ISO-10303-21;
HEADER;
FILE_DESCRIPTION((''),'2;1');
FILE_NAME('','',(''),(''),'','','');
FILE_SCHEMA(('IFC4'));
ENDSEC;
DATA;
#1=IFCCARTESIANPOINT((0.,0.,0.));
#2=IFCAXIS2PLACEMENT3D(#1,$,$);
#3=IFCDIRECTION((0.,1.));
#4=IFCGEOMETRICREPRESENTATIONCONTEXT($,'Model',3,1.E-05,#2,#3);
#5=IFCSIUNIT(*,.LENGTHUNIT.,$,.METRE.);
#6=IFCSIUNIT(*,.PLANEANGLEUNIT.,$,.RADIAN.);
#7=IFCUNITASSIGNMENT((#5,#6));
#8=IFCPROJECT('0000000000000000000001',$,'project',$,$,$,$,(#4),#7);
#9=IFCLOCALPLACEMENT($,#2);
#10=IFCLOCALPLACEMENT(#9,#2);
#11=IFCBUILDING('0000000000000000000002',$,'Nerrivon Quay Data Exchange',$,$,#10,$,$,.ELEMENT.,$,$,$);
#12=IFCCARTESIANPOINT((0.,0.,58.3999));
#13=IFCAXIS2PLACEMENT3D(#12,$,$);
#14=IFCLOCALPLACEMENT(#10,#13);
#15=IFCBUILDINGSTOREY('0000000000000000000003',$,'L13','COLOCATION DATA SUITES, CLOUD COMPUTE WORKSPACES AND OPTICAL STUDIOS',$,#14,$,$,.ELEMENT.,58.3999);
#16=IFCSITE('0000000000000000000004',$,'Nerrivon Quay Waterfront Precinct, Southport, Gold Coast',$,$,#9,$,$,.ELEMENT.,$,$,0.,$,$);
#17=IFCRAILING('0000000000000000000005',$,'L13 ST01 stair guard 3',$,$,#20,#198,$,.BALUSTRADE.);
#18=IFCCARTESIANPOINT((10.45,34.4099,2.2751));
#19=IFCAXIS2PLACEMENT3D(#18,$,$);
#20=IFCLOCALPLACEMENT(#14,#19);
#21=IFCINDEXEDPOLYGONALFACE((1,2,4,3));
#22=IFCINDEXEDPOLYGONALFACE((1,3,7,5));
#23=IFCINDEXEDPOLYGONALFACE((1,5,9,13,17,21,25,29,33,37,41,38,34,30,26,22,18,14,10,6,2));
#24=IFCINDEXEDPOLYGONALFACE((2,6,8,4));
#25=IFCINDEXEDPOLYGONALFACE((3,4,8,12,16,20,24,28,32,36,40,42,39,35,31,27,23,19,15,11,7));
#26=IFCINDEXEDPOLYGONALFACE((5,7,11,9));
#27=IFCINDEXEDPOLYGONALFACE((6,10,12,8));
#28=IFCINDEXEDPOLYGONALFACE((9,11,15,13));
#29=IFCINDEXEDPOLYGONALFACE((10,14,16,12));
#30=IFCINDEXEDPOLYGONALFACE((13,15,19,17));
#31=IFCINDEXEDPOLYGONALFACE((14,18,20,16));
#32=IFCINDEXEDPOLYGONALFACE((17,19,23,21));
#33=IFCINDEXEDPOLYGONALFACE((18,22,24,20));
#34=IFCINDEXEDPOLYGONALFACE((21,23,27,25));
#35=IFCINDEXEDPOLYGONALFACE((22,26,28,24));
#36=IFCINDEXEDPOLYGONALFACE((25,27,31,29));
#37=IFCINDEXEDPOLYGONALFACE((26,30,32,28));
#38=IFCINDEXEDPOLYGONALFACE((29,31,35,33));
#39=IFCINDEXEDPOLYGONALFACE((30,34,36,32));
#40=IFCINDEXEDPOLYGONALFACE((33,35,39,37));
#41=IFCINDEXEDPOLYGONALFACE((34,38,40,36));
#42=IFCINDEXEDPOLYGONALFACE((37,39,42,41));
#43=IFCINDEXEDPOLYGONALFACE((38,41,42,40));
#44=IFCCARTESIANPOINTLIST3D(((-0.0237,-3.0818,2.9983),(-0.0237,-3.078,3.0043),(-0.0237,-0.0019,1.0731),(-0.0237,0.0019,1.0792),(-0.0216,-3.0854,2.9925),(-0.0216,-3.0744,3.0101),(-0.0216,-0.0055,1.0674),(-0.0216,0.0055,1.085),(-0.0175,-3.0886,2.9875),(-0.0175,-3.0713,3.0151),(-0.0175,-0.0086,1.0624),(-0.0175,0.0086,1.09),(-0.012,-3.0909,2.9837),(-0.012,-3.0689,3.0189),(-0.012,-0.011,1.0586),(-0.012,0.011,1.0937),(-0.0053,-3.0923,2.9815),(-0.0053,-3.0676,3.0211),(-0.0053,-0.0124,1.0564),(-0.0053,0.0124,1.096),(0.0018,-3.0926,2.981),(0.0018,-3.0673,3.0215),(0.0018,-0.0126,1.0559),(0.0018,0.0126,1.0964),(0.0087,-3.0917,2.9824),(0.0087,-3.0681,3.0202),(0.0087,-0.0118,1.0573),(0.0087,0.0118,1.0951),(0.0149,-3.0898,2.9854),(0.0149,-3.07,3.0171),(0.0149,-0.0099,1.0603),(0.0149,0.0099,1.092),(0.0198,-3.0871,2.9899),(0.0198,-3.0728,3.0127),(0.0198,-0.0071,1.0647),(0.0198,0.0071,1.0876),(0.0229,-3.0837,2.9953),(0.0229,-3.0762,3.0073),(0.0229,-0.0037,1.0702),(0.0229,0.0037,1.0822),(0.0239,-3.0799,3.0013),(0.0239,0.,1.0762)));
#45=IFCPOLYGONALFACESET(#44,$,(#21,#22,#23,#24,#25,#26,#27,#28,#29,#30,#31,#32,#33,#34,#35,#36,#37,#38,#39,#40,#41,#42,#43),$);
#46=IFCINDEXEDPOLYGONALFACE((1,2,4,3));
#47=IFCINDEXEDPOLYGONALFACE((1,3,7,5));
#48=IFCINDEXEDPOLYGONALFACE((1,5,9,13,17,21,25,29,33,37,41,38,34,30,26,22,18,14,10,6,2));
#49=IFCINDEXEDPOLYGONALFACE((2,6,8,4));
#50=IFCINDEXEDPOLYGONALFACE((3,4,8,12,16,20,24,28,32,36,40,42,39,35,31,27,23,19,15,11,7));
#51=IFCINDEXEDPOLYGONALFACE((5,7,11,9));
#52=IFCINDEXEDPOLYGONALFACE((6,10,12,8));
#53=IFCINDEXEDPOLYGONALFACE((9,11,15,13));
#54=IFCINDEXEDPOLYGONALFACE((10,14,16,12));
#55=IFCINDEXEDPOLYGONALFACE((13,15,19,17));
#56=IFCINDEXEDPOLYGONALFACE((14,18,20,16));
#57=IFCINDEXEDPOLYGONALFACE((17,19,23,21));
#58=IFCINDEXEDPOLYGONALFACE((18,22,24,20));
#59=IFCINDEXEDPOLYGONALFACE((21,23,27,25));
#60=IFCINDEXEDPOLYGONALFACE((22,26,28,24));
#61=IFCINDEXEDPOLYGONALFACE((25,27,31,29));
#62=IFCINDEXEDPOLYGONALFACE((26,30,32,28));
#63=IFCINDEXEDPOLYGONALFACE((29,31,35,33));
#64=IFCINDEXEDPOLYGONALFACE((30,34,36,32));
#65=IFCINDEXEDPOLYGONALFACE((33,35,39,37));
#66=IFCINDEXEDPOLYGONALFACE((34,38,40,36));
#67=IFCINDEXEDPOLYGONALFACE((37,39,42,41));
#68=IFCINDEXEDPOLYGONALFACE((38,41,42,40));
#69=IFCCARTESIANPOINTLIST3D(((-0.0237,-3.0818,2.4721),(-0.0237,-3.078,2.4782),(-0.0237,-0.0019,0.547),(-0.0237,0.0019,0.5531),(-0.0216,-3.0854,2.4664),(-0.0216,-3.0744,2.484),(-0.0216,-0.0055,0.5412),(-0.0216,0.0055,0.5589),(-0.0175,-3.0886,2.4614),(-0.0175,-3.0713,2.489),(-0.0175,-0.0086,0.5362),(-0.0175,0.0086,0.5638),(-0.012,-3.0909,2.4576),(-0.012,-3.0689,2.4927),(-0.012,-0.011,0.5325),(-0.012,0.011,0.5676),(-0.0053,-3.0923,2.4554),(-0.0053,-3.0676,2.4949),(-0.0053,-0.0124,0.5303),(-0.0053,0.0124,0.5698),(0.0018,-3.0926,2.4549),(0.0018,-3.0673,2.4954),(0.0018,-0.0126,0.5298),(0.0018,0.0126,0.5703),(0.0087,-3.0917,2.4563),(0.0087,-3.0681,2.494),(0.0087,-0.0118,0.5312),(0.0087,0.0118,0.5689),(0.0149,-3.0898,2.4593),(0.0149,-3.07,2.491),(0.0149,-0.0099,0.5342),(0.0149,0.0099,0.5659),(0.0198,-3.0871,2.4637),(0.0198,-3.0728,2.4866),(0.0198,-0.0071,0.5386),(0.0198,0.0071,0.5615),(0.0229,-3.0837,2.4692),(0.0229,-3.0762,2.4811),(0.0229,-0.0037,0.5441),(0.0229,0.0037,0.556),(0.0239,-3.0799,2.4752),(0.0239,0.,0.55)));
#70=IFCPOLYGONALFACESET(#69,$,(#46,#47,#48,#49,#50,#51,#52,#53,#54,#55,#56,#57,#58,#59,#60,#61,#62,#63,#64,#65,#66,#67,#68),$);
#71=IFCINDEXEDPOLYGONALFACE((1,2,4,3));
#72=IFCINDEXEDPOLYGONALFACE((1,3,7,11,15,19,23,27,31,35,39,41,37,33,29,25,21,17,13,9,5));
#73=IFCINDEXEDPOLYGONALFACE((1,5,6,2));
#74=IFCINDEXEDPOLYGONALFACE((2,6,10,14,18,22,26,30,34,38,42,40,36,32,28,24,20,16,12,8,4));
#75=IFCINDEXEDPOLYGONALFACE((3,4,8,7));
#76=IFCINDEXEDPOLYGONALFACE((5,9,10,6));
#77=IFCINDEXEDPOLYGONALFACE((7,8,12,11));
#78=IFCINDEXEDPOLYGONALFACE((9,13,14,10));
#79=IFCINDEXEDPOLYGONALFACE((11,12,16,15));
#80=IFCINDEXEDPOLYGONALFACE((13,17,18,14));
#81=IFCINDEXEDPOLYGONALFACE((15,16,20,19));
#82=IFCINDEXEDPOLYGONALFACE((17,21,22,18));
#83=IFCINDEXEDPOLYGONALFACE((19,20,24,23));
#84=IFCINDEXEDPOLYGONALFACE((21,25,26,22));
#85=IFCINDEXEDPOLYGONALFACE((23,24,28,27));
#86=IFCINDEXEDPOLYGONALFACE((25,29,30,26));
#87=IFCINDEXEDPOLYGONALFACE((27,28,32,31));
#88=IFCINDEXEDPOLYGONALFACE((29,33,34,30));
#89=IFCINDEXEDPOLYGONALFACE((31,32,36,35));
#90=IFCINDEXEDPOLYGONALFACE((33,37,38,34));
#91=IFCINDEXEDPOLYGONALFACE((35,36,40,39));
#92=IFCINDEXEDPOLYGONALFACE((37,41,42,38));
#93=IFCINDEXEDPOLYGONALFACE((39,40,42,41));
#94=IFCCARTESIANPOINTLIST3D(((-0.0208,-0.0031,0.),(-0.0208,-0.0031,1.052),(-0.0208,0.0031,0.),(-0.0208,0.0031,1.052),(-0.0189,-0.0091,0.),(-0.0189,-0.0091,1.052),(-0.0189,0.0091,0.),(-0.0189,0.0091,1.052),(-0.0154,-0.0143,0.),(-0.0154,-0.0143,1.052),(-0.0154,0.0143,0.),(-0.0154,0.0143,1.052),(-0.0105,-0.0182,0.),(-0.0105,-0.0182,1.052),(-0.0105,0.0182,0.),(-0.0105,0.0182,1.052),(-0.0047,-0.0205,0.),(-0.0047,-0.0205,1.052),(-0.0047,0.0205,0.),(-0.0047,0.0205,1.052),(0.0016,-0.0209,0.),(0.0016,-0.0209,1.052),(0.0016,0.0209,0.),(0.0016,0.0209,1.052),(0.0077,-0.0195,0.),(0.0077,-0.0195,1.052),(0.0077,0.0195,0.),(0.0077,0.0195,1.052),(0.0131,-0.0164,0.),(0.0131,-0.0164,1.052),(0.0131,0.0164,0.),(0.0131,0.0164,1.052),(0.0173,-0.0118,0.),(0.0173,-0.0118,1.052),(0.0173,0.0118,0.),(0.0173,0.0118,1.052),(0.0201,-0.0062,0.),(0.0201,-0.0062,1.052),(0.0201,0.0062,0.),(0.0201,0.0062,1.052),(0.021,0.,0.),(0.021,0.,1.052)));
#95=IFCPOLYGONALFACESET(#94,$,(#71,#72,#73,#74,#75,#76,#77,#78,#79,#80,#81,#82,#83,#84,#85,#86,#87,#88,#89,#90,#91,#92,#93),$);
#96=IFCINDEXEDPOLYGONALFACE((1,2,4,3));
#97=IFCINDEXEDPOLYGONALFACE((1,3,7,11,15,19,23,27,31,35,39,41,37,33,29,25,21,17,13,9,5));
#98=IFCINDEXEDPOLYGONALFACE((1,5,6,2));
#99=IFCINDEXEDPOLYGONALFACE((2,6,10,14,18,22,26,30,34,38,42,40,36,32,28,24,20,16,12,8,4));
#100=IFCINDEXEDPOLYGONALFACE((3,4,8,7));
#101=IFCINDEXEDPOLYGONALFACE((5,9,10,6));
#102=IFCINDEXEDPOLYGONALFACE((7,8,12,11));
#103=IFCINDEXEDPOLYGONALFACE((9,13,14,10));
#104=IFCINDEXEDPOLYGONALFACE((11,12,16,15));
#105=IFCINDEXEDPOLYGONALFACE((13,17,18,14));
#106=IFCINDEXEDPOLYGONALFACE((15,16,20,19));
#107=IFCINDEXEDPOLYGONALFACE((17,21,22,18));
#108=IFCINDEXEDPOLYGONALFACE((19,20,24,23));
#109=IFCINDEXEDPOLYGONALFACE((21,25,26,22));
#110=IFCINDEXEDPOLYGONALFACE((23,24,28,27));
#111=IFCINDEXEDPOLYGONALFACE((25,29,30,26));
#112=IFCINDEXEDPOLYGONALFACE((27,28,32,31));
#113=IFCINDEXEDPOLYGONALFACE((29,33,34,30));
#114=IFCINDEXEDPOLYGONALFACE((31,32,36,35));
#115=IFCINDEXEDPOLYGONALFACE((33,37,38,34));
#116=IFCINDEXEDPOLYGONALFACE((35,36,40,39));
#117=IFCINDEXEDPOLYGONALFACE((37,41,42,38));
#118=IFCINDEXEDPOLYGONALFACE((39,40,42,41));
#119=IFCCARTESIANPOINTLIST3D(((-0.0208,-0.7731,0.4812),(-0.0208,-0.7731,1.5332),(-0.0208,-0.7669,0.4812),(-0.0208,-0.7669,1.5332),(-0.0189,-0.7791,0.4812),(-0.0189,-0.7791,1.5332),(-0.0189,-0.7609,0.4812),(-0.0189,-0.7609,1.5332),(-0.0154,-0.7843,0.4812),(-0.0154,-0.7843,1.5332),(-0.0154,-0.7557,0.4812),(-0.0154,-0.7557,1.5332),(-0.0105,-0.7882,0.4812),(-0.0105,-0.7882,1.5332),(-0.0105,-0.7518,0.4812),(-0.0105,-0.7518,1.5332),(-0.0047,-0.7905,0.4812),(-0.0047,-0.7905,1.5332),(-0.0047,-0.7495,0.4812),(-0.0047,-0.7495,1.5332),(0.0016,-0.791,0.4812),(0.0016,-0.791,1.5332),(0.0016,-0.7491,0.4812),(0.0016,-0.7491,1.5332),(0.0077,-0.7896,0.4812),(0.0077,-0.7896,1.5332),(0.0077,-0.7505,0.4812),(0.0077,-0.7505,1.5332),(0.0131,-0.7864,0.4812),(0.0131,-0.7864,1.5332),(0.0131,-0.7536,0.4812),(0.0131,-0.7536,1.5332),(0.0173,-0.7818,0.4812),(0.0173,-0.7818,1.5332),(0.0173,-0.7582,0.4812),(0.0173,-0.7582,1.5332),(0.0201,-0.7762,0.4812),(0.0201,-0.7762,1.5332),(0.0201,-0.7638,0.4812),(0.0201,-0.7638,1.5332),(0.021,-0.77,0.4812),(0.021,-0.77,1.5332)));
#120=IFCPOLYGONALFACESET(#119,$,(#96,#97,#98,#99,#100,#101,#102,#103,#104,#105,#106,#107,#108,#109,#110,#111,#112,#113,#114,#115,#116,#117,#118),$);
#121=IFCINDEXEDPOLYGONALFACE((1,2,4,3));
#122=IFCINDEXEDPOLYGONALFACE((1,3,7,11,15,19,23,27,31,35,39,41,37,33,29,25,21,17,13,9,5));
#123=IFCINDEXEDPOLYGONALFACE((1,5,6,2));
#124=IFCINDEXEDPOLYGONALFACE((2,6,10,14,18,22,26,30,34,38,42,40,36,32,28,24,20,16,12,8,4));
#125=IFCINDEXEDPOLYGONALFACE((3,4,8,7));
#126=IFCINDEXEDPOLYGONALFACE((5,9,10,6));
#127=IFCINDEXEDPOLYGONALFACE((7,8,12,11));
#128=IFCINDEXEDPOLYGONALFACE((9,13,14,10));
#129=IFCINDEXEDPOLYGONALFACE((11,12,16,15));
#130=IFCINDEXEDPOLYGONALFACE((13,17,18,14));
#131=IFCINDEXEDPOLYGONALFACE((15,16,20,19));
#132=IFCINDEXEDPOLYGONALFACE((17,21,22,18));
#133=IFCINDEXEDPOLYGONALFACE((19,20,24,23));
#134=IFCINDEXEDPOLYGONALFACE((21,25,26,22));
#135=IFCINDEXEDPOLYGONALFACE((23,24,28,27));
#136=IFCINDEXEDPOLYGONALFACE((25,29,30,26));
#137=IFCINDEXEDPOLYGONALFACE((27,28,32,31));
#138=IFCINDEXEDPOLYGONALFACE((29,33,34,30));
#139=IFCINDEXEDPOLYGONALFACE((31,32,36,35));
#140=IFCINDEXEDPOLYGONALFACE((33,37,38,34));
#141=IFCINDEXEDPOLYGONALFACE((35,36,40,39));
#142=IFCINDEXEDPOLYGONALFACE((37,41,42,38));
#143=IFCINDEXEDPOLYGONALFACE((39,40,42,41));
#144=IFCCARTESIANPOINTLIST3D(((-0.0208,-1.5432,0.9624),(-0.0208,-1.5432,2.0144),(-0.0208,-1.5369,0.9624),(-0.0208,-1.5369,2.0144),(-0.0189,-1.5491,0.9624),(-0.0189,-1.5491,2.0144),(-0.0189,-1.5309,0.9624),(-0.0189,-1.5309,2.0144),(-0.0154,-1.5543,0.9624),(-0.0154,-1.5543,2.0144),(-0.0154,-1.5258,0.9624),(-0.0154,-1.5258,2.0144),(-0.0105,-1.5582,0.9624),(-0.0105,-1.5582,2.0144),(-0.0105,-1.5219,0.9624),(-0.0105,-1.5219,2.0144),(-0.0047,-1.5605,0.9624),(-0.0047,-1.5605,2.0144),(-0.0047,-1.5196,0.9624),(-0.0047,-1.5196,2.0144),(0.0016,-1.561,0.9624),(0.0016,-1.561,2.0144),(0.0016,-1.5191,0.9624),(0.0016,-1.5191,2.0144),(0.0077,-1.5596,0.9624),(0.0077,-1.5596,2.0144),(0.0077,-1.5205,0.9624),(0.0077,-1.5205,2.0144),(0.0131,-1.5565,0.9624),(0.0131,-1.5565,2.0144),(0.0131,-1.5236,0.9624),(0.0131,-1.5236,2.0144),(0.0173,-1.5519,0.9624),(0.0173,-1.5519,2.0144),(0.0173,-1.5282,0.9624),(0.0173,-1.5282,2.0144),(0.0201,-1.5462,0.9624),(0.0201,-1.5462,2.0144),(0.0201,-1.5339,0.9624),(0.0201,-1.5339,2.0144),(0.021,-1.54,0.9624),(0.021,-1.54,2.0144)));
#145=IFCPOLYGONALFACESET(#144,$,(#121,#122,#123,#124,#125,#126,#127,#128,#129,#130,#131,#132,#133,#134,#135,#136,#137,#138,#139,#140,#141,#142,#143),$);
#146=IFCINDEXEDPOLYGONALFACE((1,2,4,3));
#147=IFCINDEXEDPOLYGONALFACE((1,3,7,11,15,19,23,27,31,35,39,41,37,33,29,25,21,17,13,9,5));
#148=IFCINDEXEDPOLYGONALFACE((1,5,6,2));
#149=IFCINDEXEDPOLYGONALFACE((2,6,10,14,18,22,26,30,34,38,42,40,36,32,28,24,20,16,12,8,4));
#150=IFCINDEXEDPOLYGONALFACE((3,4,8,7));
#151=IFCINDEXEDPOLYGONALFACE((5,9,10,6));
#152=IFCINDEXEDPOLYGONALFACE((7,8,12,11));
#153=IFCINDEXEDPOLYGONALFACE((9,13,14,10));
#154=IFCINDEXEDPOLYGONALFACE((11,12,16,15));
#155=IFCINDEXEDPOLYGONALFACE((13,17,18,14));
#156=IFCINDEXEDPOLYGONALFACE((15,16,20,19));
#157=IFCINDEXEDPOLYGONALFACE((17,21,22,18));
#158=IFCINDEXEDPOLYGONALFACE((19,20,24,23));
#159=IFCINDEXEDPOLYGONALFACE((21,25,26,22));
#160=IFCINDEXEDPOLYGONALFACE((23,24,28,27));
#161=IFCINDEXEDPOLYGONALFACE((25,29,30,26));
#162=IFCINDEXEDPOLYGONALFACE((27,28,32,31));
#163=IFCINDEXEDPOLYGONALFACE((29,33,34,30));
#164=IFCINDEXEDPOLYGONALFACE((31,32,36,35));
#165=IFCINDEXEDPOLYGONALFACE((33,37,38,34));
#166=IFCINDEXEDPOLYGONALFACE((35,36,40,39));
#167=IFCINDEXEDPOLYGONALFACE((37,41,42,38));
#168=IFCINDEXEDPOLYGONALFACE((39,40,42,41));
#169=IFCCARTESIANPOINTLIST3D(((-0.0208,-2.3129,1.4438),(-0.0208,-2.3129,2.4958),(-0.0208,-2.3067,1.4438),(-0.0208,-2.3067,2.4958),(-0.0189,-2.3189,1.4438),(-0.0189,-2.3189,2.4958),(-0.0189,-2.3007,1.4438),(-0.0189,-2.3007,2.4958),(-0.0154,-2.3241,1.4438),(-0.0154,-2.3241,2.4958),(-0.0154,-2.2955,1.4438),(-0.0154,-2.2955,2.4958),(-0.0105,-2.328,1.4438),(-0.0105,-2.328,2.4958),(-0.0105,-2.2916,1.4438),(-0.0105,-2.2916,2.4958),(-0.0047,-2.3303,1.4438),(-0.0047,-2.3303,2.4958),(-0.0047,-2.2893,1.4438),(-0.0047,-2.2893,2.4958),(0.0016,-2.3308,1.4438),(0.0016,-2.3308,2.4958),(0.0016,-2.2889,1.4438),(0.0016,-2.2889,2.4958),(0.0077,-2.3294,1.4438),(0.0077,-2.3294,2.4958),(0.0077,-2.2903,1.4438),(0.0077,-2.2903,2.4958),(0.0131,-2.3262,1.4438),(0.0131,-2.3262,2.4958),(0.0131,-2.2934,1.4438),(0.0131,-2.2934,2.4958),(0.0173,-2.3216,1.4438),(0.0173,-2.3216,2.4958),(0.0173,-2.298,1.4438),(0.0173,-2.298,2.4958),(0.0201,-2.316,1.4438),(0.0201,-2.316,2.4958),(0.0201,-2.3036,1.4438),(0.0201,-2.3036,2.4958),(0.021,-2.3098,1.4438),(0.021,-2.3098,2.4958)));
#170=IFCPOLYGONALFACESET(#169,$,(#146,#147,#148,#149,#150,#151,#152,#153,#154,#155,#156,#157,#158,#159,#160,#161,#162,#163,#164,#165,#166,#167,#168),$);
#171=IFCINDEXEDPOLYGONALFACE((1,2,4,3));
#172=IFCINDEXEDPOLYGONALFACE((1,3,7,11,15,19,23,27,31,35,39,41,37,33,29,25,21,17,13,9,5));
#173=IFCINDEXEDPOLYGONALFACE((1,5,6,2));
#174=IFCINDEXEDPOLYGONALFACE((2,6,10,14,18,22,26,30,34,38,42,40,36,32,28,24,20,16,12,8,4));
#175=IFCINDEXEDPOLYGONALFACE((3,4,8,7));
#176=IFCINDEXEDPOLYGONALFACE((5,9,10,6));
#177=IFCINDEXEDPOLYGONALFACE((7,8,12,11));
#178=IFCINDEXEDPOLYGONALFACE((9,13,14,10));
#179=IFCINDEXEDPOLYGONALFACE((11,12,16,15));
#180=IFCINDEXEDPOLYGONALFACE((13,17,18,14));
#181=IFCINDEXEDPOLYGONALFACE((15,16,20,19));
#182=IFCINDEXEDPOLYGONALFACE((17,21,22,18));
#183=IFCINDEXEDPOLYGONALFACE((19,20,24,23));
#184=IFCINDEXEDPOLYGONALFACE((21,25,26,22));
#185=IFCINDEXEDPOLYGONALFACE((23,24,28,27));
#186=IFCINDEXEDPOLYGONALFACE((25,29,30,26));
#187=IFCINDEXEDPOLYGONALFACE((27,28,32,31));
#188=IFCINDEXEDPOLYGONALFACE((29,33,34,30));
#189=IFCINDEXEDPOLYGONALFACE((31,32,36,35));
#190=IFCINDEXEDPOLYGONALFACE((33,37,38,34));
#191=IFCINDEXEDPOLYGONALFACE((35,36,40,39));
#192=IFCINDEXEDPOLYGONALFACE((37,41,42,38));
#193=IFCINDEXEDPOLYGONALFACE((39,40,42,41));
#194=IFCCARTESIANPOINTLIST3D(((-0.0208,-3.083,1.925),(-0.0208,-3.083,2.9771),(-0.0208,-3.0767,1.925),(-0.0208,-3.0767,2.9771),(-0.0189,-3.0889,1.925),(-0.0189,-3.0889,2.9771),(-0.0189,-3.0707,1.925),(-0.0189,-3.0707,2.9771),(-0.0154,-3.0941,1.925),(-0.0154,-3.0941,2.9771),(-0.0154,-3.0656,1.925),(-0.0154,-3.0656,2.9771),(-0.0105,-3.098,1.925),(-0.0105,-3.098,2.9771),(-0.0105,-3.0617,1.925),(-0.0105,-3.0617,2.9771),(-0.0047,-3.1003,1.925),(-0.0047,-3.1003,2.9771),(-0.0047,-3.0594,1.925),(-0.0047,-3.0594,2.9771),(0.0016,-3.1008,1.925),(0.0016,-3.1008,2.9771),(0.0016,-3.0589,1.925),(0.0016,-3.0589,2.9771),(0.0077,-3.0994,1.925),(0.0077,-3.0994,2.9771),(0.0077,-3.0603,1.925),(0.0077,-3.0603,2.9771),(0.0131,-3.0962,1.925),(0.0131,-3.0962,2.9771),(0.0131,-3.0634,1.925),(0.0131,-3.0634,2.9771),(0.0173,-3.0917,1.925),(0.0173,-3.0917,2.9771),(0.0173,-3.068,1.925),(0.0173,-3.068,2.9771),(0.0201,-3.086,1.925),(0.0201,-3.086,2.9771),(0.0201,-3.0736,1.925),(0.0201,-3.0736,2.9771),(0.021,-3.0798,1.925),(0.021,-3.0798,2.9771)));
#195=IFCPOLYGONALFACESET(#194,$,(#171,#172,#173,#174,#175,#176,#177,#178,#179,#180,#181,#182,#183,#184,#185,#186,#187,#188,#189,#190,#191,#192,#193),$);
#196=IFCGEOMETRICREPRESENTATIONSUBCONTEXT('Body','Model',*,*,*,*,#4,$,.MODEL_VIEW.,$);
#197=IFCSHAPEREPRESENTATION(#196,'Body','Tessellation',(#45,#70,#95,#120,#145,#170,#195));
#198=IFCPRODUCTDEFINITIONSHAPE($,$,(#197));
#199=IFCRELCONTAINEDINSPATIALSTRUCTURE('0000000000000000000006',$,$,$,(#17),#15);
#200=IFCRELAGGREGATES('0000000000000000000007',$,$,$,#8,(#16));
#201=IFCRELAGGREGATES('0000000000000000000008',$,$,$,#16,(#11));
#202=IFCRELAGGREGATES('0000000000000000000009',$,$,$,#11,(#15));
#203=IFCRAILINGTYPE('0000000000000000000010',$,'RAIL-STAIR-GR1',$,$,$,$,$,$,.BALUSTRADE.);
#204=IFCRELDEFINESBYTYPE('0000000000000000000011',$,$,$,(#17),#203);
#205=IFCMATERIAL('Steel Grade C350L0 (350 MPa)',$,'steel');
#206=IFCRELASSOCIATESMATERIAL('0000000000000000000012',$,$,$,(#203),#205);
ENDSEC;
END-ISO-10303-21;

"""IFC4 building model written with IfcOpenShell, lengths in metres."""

from ifc_helpers import new_model, si_unit, direction, frame, origin, origin_2d, place, context, subcontext, project, spatial, circle, extrude, material, type_object, element, save


model = new_model("IFC4")

# Units and contexts
model_context = context("Model", 3, precision=1e-05, world=origin(), true_north=direction((0.0, 1.0)))
body_context = subcontext(model_context, "Body", "Model", "MODEL_VIEW")
ifc_project = project(units=[si_unit("LENGTHUNIT", "METRE"), si_unit("PLANEANGLEUNIT", "RADIAN")], contexts=[model_context])

# Site, building, storey
site_placement = place(None, origin())
site = spatial("IfcSite", under=ifc_project, at=site_placement, Name="Nerrivon Quay Waterfront Precinct, Southport, Gold Coast", CompositionType="ELEMENT", RefElevation=0.0)
building_placement = place(site_placement, origin())
building = spatial("IfcBuilding", under=site, at=building_placement, Name="Nerrivon Quay Data Exchange", CompositionType="ELEMENT")
storey_placement = place(building_placement, frame((0.0, 0.0, 58.3999)))
storey = spatial("IfcBuildingStorey", under=building, at=storey_placement, Name="L13", Description="COLOCATION DATA SUITES, CLOUD COMPUTE WORKSPACES AND OPTICAL STUDIOS", CompositionType="ELEMENT", Elevation=58.3999)

# Railing
ifc_material_1 = material(Name="Steel Grade C350L0 (350 MPa)", Category="steel")
railing_type_1 = type_object("IfcRailingType", Name="RAIL-STAIR-GR1", PredefinedType="BALUSTRADE", material=ifc_material_1)
railing_1_placement = place(storey_placement, frame((10.45, 34.4099, 2.2751)))
element("IfcRailing", 1, at=railing_1_placement, inside=storey, type_object=railing_type_1, Name="L13 ST01 stair guard 3", PredefinedType="BALUSTRADE", context=body_context, shape_type="SweptSolid", body=[
    extrude(circle(Radius=0.0239, at=origin_2d()), frame((0.0, 0.0, 1.0762), z_axis=(0.0, -0.847979, 0.530029), x_axis=(1.0, 0.0, 0.0)), (0.0, 0.0, 1.0), 3.6321),
    extrude(circle(Radius=0.0239, at=origin_2d()), frame((0.0, 0.0, 0.55), z_axis=(0.0, -0.847979, 0.530029), x_axis=(1.0, 0.0, 0.0)), (0.0, 0.0, 1.0), 3.6321),
    extrude(circle(Radius=0.021, at=origin_2d()), origin(), (0.0, 0.0, 1.0), 1.052),
    extrude(circle(Radius=0.021, at=origin_2d()), frame((0.0, -0.77, 0.4812)), (0.0, 0.0, 1.0), 1.052),
    extrude(circle(Radius=0.021, at=origin_2d()), frame((0.0, -1.54, 0.9624)), (0.0, 0.0, 1.0), 1.052),
    extrude(circle(Radius=0.021, at=origin_2d()), frame((0.0, -2.3098, 1.4438)), (0.0, 0.0, 1.0), 1.052),
    extrude(circle(Radius=0.021, at=origin_2d()), frame((0.0, -3.0798, 1.925)), (0.0, 0.0, 1.0), 1.052),
])

save(model, "model.ifc")
